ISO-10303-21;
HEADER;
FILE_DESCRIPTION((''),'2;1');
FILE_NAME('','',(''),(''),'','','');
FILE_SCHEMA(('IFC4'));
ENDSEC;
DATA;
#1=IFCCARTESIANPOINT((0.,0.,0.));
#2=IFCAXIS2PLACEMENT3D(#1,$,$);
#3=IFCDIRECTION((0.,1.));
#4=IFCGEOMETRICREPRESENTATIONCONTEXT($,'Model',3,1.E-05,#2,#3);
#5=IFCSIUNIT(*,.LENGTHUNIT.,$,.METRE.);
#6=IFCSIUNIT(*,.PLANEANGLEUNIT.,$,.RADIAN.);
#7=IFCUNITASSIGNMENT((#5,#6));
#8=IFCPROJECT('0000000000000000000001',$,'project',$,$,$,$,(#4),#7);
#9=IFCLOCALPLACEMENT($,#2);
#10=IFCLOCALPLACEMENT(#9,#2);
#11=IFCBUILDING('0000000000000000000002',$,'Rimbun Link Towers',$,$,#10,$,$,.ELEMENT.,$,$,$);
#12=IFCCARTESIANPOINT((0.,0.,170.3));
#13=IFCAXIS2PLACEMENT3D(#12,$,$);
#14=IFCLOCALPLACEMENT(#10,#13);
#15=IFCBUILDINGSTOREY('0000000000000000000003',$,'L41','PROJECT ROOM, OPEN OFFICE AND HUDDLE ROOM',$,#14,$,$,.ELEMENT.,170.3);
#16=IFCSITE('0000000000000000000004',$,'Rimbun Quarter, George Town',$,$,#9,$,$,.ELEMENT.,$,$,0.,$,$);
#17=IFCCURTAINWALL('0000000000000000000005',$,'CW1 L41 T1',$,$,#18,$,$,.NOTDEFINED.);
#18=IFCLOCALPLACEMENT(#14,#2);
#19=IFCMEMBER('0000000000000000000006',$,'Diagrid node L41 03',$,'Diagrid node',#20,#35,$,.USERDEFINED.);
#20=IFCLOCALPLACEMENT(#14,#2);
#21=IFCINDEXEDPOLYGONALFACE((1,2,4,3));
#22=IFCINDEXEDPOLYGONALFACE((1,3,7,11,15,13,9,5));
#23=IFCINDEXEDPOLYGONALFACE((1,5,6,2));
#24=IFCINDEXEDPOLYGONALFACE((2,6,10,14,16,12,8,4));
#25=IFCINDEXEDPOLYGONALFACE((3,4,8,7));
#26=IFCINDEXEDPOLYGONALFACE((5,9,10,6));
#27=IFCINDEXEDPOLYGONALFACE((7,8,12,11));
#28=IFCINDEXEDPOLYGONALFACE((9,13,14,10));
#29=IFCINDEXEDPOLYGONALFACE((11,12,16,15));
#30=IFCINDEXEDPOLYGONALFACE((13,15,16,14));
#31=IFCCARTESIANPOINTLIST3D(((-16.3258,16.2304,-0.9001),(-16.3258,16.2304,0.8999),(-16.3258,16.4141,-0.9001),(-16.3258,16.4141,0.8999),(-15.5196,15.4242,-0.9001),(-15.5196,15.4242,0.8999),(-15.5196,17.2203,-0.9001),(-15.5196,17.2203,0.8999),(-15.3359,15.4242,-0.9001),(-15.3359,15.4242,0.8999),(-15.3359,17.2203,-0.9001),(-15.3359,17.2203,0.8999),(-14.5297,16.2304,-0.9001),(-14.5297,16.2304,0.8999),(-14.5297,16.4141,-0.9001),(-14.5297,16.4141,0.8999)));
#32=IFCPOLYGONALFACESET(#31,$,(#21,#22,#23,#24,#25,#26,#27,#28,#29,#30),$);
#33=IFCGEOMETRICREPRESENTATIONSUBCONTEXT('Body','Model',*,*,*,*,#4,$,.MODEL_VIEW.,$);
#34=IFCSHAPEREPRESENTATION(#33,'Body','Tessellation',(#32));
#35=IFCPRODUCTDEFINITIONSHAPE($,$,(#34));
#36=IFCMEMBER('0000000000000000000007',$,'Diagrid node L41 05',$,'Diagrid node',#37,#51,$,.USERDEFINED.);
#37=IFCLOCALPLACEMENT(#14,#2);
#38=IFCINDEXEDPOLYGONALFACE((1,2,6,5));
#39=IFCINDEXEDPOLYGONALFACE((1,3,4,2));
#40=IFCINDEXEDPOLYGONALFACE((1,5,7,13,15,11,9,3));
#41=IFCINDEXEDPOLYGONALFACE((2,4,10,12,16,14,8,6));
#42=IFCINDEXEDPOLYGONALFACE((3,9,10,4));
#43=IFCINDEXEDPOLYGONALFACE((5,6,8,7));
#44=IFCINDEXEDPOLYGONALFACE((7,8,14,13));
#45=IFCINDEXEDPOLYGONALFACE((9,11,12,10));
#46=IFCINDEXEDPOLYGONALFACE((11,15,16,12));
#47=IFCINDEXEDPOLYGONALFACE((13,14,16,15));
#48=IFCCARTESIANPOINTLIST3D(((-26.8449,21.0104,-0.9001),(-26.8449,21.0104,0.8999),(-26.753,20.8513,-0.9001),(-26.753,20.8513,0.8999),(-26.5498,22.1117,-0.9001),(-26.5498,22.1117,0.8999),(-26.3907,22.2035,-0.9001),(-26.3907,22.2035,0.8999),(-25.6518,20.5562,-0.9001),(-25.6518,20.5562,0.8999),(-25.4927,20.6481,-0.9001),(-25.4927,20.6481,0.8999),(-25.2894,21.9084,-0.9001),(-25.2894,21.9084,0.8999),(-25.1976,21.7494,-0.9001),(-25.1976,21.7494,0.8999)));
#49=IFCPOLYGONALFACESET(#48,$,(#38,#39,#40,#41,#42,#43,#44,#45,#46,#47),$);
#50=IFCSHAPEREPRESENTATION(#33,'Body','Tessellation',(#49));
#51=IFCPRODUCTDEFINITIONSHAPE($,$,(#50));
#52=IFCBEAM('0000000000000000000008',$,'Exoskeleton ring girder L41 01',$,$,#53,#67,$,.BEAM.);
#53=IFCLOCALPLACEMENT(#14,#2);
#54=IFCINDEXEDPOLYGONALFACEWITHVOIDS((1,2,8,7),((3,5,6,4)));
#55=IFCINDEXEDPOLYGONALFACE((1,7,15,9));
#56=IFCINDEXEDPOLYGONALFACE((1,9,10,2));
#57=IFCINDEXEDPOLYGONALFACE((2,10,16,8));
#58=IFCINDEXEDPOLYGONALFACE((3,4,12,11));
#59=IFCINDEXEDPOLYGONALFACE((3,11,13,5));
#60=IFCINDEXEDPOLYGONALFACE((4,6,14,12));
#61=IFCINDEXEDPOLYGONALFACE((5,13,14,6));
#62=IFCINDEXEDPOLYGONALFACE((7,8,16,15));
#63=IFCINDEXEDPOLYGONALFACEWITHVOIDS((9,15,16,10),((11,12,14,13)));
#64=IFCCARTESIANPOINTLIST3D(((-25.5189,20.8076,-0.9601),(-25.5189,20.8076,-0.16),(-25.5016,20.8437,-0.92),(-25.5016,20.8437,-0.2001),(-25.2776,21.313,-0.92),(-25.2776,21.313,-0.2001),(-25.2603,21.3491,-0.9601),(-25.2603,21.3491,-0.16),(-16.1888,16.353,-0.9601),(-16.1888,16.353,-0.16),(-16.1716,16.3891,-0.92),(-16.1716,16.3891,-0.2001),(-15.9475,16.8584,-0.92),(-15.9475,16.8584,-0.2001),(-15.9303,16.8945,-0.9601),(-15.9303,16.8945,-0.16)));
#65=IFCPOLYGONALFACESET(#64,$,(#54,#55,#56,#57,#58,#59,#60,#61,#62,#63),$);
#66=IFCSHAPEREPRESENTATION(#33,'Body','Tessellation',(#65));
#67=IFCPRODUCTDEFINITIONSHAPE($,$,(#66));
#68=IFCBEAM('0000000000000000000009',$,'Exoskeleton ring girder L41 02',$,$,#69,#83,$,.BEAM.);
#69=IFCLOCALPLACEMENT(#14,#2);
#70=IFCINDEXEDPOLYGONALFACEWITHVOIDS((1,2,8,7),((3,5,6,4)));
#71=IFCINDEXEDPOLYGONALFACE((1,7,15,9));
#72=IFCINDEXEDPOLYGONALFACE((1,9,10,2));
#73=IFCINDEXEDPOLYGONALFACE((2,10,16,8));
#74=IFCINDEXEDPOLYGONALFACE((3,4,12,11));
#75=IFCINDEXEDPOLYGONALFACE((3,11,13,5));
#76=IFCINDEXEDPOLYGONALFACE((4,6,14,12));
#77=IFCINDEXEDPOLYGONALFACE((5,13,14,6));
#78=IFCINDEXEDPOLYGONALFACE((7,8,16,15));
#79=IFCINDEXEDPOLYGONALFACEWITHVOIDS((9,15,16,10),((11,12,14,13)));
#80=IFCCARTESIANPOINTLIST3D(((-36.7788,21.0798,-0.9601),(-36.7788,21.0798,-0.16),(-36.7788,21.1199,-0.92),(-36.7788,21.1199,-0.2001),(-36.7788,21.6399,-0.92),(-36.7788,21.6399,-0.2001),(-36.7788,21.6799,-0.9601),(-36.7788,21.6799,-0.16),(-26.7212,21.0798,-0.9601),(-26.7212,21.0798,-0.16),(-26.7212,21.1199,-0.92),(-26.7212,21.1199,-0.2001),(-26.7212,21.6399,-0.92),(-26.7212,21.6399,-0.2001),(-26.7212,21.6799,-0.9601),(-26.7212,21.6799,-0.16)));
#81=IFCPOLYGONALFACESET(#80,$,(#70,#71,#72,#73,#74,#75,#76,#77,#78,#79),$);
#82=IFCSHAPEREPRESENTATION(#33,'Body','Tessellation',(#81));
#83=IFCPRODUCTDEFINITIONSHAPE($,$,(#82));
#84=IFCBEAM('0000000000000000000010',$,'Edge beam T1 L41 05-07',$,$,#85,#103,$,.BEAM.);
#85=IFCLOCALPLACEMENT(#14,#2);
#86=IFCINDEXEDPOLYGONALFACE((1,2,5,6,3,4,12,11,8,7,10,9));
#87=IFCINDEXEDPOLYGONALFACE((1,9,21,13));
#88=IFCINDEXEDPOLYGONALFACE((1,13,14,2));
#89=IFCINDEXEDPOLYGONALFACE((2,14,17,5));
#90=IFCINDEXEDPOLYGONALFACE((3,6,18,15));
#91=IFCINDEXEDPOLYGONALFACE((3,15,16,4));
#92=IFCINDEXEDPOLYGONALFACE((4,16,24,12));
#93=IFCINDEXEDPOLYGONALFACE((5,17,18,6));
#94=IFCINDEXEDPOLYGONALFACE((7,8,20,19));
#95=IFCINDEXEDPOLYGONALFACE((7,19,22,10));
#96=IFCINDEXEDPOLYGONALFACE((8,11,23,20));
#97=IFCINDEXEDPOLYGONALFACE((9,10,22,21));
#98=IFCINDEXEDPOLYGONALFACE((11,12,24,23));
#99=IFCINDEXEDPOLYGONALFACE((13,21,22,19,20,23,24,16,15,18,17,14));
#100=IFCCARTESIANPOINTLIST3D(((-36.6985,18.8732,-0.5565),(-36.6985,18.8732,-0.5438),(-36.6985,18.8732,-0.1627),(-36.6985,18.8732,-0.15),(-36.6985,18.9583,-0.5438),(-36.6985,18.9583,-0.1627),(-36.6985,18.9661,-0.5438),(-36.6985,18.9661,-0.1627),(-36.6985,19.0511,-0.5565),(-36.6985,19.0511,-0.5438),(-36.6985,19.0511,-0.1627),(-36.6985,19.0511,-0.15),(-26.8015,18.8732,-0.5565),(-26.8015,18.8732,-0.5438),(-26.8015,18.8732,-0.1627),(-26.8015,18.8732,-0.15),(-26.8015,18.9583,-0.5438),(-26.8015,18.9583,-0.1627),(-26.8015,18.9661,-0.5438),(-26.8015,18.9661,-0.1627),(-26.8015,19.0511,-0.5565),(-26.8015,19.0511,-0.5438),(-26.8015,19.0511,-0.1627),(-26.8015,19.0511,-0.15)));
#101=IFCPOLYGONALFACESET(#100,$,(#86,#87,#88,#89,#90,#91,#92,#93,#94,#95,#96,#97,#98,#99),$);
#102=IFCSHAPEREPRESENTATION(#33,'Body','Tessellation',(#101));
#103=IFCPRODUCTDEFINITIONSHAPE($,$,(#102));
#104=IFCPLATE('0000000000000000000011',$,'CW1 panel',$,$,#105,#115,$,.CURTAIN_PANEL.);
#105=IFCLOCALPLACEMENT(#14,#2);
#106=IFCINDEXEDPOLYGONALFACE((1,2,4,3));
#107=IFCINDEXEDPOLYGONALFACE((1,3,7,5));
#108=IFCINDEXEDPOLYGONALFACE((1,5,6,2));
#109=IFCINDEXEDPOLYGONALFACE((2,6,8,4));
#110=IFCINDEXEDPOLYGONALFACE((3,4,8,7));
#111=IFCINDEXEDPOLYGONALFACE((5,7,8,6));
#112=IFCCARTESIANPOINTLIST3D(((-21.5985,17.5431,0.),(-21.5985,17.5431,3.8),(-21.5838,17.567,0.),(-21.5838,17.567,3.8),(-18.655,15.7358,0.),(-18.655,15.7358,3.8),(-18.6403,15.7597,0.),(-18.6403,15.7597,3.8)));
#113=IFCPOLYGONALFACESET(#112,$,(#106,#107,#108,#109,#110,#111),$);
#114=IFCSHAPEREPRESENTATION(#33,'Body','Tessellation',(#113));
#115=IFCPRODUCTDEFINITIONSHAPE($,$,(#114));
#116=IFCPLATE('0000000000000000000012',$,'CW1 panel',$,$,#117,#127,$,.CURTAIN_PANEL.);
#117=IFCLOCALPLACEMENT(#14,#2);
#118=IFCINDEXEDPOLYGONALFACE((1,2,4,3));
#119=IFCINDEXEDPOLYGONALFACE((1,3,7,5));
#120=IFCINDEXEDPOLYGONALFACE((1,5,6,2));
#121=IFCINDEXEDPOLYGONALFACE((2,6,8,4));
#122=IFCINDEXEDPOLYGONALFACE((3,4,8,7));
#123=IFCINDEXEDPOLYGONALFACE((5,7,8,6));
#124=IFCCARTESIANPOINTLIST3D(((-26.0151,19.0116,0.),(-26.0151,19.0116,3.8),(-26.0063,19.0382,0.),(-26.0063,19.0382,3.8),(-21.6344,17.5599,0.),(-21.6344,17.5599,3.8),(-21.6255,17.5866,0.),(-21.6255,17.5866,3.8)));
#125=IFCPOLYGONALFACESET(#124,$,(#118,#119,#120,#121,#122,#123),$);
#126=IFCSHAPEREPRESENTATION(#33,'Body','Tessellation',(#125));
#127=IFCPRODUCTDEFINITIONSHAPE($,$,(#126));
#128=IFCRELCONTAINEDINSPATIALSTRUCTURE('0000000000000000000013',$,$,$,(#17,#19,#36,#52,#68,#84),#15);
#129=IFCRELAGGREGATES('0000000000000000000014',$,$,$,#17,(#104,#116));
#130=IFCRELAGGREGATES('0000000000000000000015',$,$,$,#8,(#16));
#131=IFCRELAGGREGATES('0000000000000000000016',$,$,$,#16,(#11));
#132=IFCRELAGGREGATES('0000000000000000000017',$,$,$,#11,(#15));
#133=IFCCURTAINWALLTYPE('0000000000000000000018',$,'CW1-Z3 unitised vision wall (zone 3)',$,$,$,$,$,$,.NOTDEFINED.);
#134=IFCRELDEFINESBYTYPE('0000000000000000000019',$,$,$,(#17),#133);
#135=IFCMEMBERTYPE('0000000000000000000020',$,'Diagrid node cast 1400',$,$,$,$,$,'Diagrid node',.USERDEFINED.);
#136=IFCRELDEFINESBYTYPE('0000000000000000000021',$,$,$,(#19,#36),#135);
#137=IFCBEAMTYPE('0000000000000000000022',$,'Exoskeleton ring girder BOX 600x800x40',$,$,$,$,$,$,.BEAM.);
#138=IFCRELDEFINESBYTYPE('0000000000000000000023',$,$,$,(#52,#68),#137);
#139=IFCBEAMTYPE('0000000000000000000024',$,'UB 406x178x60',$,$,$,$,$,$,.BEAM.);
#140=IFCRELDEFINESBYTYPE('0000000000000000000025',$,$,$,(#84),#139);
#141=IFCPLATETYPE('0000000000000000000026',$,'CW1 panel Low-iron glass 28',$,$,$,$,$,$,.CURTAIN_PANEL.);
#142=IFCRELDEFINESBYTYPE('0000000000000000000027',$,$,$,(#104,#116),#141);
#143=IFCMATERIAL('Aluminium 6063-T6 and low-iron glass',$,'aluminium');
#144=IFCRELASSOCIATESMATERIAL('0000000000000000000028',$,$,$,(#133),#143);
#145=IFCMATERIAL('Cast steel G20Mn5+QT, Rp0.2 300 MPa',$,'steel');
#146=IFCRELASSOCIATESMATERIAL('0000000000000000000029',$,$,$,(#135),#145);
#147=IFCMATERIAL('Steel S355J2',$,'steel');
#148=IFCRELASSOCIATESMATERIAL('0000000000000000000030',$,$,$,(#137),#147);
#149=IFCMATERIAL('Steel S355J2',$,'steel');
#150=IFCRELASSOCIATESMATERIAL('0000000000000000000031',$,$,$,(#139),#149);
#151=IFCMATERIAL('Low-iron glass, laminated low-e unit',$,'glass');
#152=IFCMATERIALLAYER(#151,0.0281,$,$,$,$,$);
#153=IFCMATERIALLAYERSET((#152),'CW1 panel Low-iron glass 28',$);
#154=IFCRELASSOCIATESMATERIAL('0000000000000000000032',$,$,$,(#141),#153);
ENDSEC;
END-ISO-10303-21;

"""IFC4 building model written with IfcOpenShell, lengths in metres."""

from ifc_helpers import new_model, si_unit, direction, frame, origin, origin_2d, place, context, subcontext, project, spatial, polyline, rectangle, hollow_rectangle, i_section, outline, extrude, material, layer, layer_set, material_profile, profile_set, type_object, element, aggregate, save


model = new_model("IFC4")

# Units and contexts
model_context = context("Model", 3, precision=1e-05, world=origin(), true_north=direction((0.0, 1.0)))
body_context = subcontext(model_context, "Body", "Model", "MODEL_VIEW")
ifc_project = project(units=[si_unit("LENGTHUNIT", "METRE"), si_unit("PLANEANGLEUNIT", "RADIAN")], contexts=[model_context])

# Site, building, storey
site_placement = place(None, origin())
site = spatial("IfcSite", under=ifc_project, at=site_placement, Name="Rimbun Quarter, George Town", CompositionType="ELEMENT", RefElevation=0.0)
building_placement = place(site_placement, origin())
building = spatial("IfcBuilding", under=site, at=building_placement, Name="Rimbun Link Towers", CompositionType="ELEMENT")
storey_placement = place(building_placement, frame((0.0, 0.0, 170.3)))
storey = spatial("IfcBuildingStorey", under=building, at=storey_placement, Name="L41", Description="PROJECT ROOM, OPEN OFFICE AND HUDDLE ROOM", CompositionType="ELEMENT", Elevation=170.3)

# Curtain wall
ifc_material_1 = material(Name="Aluminium 6063-T6 and low-iron glass", Category="aluminium")
curtain_wall_type = type_object("IfcCurtainWallType", Name="CW1-Z3 unitised vision wall (zone 3)", PredefinedType="NOTDEFINED", material=ifc_material_1)
curtain_wall_placement = place(storey_placement, origin())
curtain_wall = element("IfcCurtainWall", 1, at=curtain_wall_placement, inside=storey, type_object=curtain_wall_type, Name="CW1 L41 T1", PredefinedType="NOTDEFINED")

# Members
ifc_material_2 = material(Name="Cast steel G20Mn5+QT, Rp0.2 300 MPa", Category="steel")
ifc_material_profile_1 = material_profile(ifc_material_2, outline(polyline([(0.7, -0.5701), (0.7, 0.5701), (0.5701, 0.7), (-0.5701, 0.7), (-0.7, 0.5701), (-0.7, -0.5701), (-0.5701, -0.7), (0.5701, -0.7), (0.7, -0.5701)])), Name="NODE 1400x1400")
ifc_profile_set_1 = profile_set([ifc_material_profile_1], Name="Cast steel G20Mn5+QT, Rp0.2 300 MPa")
member_type_1 = type_object("IfcMemberType", Name="Diagrid node cast 1400", ElementType="Diagrid node", PredefinedType="USERDEFINED", material=ifc_profile_set_1)
for number, where, z_axis, x_axis, name in (
    (2, (-15.4277, 16.3223, -0.9001), (0.0, 0.0, 1.0), (0.707107, 0.707107, 0.0), "Diagrid node L41 03"),
    (3, (-26.0212, 21.3799, -0.9001), (0.0, 0.0, 1.0), (0.258819, 0.965926, 0.0), "Diagrid node L41 05"),
):
    element("IfcMember", number, at=place(storey_placement, frame(where, z_axis=z_axis, x_axis=x_axis)), inside=storey, type_object=member_type_1, Name=name, ObjectType="Diagrid node", PredefinedType="USERDEFINED", context=body_context, shape_type="SweptSolid", body=[
        extrude(outline(polyline([(0.7, -0.5701), (0.7, 0.5701), (0.5701, 0.7), (-0.5701, 0.7), (-0.7, 0.5701), (-0.7, -0.5701), (-0.5701, -0.7), (0.5701, -0.7), (0.7, -0.5701)])), origin(), (0.0, 0.0, 1.0), 1.8),
    ])

# Beams
ifc_material_3 = material(Name="Steel S355J2", Category="steel")
ifc_material_profile_2 = material_profile(ifc_material_3, hollow_rectangle(XDim=0.6001, YDim=0.8, WallThickness=0.04, at=origin_2d()), Name="Exoskeleton ring girder BOX 600x800x40")
ifc_profile_set_2 = profile_set([ifc_material_profile_2], Name="Steel S355J2")
beam_type_1 = type_object("IfcBeamType", Name="Exoskeleton ring girder BOX 600x800x40", PredefinedType="BEAM", material=ifc_profile_set_2)
beam_1_placement = place(storey_placement, frame((-16.0596, 16.6238, -0.5601), z_axis=(-0.902421, 0.430855, 0.0), x_axis=(-0.430855, -0.902421, 0.0)))
element("IfcBeam", 4, at=beam_1_placement, inside=storey, type_object=beam_type_1, Name="Exoskeleton ring girder L41 01", PredefinedType="BEAM", context=body_context, shape_type="SweptSolid", body=[
    extrude(hollow_rectangle(XDim=0.6001, YDim=0.8, WallThickness=0.04, at=origin_2d()), origin(), (0.0, 0.0, 1.0), 10.3389),
])
beam_2_placement = place(storey_placement, frame((-26.7212, 21.3799, -0.5601), z_axis=(-1.0, 0.0, 0.0), x_axis=(0.0, -1.0, 0.0)))
element("IfcBeam", 5, at=beam_2_placement, inside=storey, type_object=beam_type_1, Name="Exoskeleton ring girder L41 02", PredefinedType="BEAM", context=body_context, shape_type="SweptSolid", body=[
    extrude(hollow_rectangle(XDim=0.6001, YDim=0.8, WallThickness=0.04, at=origin_2d()), origin(), (0.0, 0.0, 1.0), 10.0576),
])
ifc_material_4 = material(Name="Steel S355J2", Category="steel")
ifc_material_profile_3 = material_profile(ifc_material_4, i_section(OverallWidth=0.178, OverallDepth=0.4065, WebThickness=0.0078, FlangeThickness=0.0127, at=origin_2d()), Name="UB 406x178x60")
ifc_profile_set_3 = profile_set([ifc_material_profile_3], Name="Steel S355J2")
beam_type_2 = type_object("IfcBeamType", Name="UB 406x178x60", PredefinedType="BEAM", material=ifc_profile_set_3)
beam_3_placement = place(storey_placement, frame((-26.8015, 18.9622, -0.3533), z_axis=(-1.0, 0.0, 0.0), x_axis=(0.0, -1.0, 0.0)))
element("IfcBeam", 6, at=beam_3_placement, inside=storey, type_object=beam_type_2, Name="Edge beam T1 L41 05-07", PredefinedType="BEAM", context=body_context, shape_type="SweptSolid", body=[
    extrude(i_section(OverallWidth=0.178, OverallDepth=0.4065, WebThickness=0.0078, FlangeThickness=0.0127, at=origin_2d()), origin(), (0.0, 0.0, 1.0), 9.897),
])

# Plates
ifc_material_5 = material(Name="Low-iron glass, laminated low-e unit", Category="glass")
ifc_layer = layer(ifc_material_5, 0.0281)
ifc_layer_set = layer_set([ifc_layer], Name="CW1 panel Low-iron glass 28")
plate_type = type_object("IfcPlateType", Name="CW1 panel Low-iron glass 28", PredefinedType="CURTAIN_PANEL", material=ifc_layer_set)
plate_1_placement = place(storey_placement, frame((-20.1194, 16.6514, 0.0), z_axis=(0.0, 0.0, 1.0), x_axis=(0.852191, -0.523231, 0.0)))
plate_1 = element("IfcPlate", 7, at=plate_1_placement, type_object=plate_type, Name="CW1 panel", PredefinedType="CURTAIN_PANEL", context=body_context, shape_type="SweptSolid", body=[
    extrude(rectangle(XDim=3.4541, YDim=0.0281, at=origin_2d()), origin(), (0.0, 0.0, 1.0), 3.8),
])
plate_2_placement = place(storey_placement, frame((-23.8203, 18.2991, 0.0), z_axis=(0.0, 0.0, 1.0), x_axis=(0.949237, -0.31456, 0.0)))
plate_2 = element("IfcPlate", 8, at=plate_2_placement, type_object=plate_type, Name="CW1 panel", PredefinedType="CURTAIN_PANEL", context=body_context, shape_type="SweptSolid", body=[
    extrude(rectangle(XDim=4.615, YDim=0.0281, at=origin_2d()), origin(), (0.0, 0.0, 1.0), 3.8),
])
aggregate(curtain_wall, [plate_1, plate_2])

save(model, "model.ifc")
